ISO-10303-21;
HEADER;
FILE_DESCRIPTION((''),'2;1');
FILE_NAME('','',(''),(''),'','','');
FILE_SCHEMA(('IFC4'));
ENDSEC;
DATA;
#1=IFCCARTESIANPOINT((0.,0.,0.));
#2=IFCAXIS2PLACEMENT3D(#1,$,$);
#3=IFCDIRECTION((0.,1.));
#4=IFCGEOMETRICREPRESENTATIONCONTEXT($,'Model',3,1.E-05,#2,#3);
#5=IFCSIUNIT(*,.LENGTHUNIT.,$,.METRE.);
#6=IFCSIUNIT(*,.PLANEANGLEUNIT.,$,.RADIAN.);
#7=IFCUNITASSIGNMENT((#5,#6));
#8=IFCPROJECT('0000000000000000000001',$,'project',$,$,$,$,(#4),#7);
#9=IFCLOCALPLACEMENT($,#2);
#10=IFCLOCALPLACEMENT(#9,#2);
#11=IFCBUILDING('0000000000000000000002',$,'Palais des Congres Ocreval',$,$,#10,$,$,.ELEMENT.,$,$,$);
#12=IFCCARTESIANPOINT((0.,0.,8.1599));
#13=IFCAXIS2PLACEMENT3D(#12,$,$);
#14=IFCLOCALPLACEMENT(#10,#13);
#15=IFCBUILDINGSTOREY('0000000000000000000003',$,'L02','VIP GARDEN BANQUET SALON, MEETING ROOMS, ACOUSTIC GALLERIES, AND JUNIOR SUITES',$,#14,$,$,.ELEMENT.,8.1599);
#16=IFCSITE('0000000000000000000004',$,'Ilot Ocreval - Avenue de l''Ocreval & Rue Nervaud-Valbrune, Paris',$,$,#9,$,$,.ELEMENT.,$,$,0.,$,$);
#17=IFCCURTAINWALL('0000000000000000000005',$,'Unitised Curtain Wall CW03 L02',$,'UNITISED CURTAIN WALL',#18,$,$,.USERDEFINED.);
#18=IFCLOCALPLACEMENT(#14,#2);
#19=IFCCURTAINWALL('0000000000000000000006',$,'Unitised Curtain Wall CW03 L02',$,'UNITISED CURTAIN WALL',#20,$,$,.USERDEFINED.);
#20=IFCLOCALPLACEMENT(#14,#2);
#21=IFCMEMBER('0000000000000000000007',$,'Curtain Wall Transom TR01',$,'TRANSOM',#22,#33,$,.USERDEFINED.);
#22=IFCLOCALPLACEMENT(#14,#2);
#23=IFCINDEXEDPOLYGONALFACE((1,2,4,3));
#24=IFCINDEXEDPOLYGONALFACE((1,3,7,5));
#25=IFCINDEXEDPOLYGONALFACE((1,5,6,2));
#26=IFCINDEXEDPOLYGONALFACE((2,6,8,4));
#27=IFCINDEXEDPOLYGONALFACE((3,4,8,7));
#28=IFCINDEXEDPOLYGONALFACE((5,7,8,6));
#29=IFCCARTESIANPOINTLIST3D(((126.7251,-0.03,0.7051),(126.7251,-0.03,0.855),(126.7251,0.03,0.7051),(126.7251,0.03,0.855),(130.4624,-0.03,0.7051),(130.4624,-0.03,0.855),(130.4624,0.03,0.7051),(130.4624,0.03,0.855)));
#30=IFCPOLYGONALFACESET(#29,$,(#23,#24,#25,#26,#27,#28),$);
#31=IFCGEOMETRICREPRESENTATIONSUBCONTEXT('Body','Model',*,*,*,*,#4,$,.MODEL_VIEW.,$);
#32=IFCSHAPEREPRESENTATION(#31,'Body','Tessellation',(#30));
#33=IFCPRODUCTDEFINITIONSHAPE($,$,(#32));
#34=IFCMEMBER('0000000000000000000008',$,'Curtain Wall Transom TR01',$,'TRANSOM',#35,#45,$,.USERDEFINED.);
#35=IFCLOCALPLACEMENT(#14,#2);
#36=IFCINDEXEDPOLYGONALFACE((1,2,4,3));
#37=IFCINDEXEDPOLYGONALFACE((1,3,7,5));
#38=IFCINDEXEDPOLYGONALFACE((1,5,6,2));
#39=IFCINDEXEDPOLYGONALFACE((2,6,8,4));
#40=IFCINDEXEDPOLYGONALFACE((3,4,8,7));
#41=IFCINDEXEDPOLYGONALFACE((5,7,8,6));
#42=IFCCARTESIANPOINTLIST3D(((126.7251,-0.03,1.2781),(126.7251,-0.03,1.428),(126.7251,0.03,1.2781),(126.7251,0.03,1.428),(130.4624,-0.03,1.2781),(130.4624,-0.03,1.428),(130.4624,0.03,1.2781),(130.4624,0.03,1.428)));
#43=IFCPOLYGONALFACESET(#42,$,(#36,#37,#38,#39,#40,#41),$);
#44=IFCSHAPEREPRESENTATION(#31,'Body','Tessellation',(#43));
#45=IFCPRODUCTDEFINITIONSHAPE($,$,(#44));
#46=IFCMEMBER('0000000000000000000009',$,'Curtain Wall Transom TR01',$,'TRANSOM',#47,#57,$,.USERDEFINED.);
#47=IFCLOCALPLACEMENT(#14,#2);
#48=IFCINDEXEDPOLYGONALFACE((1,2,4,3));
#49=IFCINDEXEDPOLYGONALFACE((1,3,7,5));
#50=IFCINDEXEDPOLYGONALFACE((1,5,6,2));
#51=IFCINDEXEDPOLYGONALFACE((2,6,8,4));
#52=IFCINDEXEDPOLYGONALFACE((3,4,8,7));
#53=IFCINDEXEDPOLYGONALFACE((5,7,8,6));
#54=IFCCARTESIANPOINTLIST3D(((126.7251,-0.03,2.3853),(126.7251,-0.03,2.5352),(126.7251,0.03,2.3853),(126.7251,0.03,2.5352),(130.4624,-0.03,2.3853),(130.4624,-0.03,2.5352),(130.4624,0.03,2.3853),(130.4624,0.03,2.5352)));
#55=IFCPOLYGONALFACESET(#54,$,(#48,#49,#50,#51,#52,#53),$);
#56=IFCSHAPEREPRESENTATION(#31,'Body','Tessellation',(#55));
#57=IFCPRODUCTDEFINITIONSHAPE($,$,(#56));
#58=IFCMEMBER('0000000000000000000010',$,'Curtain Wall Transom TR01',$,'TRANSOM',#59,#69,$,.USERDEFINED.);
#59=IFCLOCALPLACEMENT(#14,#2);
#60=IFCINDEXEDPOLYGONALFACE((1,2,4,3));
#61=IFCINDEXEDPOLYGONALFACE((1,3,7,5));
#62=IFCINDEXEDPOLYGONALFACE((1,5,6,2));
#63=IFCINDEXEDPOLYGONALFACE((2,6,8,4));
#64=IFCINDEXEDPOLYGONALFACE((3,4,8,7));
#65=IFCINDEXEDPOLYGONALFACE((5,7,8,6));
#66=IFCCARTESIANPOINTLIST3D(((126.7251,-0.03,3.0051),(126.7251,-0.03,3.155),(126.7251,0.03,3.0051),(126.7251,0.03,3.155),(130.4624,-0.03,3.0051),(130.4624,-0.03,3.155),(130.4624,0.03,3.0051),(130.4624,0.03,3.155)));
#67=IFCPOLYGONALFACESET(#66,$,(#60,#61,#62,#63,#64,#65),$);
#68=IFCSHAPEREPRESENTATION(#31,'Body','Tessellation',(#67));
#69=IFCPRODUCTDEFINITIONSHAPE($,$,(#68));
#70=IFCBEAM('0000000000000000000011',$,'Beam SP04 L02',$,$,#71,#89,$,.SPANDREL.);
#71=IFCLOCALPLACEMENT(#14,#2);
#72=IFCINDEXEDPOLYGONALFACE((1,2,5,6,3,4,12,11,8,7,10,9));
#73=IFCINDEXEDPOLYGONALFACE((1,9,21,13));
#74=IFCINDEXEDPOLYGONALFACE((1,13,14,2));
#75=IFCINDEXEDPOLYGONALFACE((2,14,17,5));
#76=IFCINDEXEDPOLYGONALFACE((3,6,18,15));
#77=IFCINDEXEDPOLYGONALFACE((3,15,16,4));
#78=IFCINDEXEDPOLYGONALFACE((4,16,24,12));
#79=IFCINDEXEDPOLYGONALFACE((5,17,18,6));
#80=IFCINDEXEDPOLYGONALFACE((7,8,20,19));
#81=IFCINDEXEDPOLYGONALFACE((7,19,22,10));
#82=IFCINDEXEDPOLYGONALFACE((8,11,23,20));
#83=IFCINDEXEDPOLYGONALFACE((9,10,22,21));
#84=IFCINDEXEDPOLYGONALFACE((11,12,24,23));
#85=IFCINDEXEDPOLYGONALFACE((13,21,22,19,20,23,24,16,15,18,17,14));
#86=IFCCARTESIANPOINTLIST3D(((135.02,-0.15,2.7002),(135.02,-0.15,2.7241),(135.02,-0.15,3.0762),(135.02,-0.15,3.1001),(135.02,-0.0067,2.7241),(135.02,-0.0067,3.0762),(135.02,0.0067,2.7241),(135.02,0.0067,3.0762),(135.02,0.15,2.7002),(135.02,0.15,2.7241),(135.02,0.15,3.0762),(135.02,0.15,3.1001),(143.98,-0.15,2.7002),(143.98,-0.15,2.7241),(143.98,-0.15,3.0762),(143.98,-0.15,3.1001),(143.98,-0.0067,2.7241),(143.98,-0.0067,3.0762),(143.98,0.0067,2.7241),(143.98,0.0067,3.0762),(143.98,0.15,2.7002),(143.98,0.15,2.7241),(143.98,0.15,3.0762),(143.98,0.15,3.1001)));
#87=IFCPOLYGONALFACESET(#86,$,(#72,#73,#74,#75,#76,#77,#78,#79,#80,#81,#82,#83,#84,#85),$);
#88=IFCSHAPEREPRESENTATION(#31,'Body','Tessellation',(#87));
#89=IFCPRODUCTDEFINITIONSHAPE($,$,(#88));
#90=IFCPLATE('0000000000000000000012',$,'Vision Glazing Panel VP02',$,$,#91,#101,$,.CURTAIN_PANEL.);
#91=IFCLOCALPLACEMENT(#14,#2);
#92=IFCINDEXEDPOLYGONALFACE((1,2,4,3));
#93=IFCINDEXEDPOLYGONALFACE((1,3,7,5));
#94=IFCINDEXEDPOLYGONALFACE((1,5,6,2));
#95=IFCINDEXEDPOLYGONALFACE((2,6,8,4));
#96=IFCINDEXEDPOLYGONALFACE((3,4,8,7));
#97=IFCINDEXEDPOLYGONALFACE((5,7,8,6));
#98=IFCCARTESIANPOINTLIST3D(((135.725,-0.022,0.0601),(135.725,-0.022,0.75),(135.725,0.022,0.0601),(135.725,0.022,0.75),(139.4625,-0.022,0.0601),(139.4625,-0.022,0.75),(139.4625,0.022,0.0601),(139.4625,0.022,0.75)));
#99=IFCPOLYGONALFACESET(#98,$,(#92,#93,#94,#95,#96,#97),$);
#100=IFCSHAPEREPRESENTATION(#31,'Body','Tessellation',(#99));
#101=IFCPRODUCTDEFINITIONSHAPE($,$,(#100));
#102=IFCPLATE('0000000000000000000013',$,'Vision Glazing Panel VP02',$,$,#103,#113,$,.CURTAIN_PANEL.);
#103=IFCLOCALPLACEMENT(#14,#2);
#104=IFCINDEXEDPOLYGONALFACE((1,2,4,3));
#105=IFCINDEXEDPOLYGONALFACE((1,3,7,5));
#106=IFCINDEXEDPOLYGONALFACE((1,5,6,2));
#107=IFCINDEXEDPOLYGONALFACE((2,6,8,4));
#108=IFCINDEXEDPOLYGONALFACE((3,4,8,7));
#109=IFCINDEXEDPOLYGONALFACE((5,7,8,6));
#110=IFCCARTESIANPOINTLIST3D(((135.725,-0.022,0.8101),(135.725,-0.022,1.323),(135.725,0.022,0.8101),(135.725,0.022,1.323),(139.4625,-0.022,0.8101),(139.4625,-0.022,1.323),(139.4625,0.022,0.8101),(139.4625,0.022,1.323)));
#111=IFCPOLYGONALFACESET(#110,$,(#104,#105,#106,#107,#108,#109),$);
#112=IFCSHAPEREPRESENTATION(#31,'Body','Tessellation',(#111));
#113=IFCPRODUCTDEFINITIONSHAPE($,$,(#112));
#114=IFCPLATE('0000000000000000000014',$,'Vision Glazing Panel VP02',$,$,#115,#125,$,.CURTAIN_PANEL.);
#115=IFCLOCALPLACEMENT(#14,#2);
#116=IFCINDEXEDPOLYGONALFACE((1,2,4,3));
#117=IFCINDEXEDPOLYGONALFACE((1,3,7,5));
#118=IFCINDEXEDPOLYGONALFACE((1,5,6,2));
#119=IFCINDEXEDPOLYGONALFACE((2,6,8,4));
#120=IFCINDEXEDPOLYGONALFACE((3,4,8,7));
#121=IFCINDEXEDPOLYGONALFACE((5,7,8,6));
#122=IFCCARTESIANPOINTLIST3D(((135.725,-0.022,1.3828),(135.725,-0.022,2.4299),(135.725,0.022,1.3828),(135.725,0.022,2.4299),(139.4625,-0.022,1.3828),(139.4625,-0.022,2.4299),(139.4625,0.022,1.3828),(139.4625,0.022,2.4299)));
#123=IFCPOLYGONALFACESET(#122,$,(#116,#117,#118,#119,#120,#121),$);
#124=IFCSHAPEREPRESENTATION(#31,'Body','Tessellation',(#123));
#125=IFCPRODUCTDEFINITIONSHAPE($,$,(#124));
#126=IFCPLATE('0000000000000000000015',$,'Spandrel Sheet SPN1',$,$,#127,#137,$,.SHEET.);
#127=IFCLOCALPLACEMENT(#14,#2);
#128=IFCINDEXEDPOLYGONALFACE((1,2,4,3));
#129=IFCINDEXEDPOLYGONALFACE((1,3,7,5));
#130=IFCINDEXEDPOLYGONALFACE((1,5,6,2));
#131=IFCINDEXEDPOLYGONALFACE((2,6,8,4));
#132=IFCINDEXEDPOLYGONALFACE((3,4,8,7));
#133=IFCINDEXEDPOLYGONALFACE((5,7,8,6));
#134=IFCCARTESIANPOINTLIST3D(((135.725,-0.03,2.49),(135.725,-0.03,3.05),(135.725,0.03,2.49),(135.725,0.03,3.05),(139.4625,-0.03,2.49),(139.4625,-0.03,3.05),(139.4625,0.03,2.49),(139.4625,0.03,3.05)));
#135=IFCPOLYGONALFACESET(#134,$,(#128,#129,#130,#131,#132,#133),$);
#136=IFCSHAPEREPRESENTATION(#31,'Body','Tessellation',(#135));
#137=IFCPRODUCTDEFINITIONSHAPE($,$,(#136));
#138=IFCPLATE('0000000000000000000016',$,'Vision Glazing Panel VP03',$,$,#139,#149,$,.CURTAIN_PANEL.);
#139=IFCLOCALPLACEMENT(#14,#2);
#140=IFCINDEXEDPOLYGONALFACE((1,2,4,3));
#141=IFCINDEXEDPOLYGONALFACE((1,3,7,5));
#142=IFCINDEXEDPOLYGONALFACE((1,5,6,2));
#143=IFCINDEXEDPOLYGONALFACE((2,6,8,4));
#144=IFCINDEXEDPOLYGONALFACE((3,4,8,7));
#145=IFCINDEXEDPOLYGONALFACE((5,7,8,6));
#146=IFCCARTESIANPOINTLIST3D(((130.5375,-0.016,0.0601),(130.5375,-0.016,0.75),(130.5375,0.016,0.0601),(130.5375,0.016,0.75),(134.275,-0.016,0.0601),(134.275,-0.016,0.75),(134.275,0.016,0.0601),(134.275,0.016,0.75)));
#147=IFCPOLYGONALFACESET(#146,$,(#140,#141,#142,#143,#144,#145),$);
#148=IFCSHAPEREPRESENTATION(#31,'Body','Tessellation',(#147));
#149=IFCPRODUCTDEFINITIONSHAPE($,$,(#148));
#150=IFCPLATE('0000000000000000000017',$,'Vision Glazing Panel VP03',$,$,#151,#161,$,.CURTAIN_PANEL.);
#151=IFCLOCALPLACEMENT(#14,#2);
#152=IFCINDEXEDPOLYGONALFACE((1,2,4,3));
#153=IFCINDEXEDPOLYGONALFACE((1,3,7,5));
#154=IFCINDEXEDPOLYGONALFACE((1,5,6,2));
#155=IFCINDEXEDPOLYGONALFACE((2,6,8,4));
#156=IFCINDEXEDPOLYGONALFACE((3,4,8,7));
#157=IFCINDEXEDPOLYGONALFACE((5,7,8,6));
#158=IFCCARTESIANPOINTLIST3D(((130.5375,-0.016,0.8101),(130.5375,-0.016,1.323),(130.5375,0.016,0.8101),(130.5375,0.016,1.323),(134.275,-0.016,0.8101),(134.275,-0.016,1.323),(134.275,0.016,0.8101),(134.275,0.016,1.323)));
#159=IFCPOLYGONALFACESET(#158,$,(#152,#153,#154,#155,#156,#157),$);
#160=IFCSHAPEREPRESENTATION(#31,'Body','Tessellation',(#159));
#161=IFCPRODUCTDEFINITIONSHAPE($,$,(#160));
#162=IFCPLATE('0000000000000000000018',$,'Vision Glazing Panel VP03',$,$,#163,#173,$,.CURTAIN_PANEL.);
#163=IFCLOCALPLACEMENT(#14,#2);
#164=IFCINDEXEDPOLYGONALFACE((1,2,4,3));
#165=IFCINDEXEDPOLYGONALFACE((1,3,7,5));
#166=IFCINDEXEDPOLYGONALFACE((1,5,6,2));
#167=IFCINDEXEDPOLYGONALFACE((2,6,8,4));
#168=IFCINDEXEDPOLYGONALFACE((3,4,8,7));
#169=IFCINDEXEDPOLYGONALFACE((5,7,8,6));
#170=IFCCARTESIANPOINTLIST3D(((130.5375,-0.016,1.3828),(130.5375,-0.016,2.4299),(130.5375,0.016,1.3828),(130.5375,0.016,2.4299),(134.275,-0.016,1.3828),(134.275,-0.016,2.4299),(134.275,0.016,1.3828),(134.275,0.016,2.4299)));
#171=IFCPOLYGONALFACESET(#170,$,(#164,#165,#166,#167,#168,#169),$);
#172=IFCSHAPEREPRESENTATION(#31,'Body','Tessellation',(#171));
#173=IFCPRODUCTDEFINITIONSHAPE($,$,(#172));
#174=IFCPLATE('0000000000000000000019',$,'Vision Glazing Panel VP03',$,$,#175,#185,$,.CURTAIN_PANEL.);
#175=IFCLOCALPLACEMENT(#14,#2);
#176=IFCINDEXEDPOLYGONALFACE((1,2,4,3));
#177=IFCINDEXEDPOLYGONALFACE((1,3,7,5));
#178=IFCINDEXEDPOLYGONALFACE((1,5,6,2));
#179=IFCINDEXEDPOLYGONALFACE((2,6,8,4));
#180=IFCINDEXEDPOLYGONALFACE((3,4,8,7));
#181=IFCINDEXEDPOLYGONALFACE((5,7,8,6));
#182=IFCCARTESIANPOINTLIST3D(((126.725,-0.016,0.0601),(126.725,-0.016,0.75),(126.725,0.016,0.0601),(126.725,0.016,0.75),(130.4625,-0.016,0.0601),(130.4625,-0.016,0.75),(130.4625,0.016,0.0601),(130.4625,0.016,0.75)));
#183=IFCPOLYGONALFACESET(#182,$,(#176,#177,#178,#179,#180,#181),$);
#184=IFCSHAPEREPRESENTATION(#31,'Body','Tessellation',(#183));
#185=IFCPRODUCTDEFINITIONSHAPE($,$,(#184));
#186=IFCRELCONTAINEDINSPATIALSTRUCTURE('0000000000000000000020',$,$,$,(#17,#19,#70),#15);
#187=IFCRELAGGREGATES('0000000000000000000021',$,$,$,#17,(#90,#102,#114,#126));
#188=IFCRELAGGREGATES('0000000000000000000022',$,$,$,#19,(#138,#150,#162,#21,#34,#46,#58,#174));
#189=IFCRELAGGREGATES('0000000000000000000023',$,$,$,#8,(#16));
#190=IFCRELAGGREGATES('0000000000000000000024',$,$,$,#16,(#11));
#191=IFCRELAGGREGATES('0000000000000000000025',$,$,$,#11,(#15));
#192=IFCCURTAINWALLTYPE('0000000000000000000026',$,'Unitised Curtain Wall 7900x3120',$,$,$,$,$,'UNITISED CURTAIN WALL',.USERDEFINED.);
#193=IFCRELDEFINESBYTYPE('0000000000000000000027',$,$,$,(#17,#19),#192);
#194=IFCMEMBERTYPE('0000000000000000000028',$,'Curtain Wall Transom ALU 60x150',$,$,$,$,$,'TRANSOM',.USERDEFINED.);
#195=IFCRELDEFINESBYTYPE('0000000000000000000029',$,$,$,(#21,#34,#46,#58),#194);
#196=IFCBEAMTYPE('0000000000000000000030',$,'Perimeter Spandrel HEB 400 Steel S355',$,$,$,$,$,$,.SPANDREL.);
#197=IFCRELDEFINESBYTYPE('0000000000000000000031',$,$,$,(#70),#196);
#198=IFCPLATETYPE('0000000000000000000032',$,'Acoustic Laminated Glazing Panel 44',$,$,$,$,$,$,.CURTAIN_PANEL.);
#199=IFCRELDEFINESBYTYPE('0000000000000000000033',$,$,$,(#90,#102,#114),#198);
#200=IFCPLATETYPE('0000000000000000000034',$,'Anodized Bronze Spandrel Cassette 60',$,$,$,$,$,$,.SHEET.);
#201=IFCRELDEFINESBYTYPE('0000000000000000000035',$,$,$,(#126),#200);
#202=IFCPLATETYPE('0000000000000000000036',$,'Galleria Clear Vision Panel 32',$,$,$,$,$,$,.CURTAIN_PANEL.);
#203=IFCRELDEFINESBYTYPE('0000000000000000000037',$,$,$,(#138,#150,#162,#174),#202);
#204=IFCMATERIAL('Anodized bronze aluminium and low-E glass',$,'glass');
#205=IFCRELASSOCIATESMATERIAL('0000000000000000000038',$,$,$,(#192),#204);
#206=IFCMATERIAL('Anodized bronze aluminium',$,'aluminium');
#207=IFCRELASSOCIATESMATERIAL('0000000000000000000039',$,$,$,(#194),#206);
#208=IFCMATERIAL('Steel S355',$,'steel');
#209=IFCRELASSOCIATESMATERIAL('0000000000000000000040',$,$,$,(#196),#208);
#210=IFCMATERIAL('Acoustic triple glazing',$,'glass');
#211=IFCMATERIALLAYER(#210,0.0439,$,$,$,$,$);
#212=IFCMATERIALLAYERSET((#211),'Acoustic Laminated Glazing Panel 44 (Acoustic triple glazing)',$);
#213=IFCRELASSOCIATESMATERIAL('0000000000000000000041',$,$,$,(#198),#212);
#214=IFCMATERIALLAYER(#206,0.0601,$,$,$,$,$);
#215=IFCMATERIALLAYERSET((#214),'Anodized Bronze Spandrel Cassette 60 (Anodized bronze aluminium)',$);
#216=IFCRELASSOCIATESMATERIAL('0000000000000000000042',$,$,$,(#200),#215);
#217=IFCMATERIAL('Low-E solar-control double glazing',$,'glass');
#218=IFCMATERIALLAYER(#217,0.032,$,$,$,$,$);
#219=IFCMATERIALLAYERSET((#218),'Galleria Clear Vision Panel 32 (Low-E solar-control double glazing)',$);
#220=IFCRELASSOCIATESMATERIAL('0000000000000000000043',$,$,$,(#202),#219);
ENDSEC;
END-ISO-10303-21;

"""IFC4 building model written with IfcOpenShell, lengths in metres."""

from ifc_helpers import new_model, si_unit, direction, frame, origin, origin_2d, place, context, subcontext, project, spatial, rectangle, i_section, extrude, material, layer, layer_set, material_profile, profile_set, type_object, element, aggregate, save


model = new_model("IFC4")

# Units and contexts
model_context = context("Model", 3, precision=1e-05, world=origin(), true_north=direction((0.0, 1.0)))
body_context = subcontext(model_context, "Body", "Model", "MODEL_VIEW")
ifc_project = project(units=[si_unit("LENGTHUNIT", "METRE"), si_unit("PLANEANGLEUNIT", "RADIAN")], contexts=[model_context])

# Site, building, storey
site_placement = place(None, origin())
site = spatial("IfcSite", under=ifc_project, at=site_placement, Name="Ilot Ocreval - Avenue de l'Ocreval & Rue Nervaud-Valbrune, Paris", CompositionType="ELEMENT", RefElevation=0.0)
building_placement = place(site_placement, origin())
building = spatial("IfcBuilding", under=site, at=building_placement, Name="Palais des Congres Ocreval", CompositionType="ELEMENT")
storey_placement = place(building_placement, frame((0.0, 0.0, 8.1599)))
storey = spatial("IfcBuildingStorey", under=building, at=storey_placement, Name="L02", Description="VIP GARDEN BANQUET SALON, MEETING ROOMS, ACOUSTIC GALLERIES, AND JUNIOR SUITES", CompositionType="ELEMENT", Elevation=8.1599)

# Shared definitions
ifc_material_1 = material(Name="Steel S355", Category="steel")

# Curtain wall
ifc_material_2 = material(Name="Anodized bronze aluminium and low-E glass", Category="glass")
curtain_wall_type = type_object("IfcCurtainWallType", Name="Unitised Curtain Wall 7900x3120", ElementType="UNITISED CURTAIN WALL", PredefinedType="USERDEFINED", material=ifc_material_2)
curtain_wall_1_placement = place(storey_placement, origin())
curtain_wall_1 = element("IfcCurtainWall", 1, at=curtain_wall_1_placement, inside=storey, type_object=curtain_wall_type, Name="Unitised Curtain Wall CW03 L02", ObjectType="UNITISED CURTAIN WALL", PredefinedType="USERDEFINED")
ifc_material_3 = material(Name="Anodized bronze aluminium", Category="aluminium")

# Curtain wall
curtain_wall_2_placement = place(storey_placement, origin())
curtain_wall_2 = element("IfcCurtainWall", 2, at=curtain_wall_2_placement, inside=storey, type_object=curtain_wall_type, Name="Unitised Curtain Wall CW03 L02", ObjectType="UNITISED CURTAIN WALL", PredefinedType="USERDEFINED")

# Members
ifc_material_profile_1 = material_profile(ifc_material_3, rectangle(XDim=0.0601, YDim=0.1499, at=origin_2d()), Name="ALU 60x150")
ifc_profile_set_1 = profile_set([ifc_material_profile_1], Name="Anodized bronze aluminium")
member_type_1 = type_object("IfcMemberType", Name="Curtain Wall Transom ALU 60x150", ElementType="TRANSOM", PredefinedType="USERDEFINED", material=ifc_profile_set_1)
member_1_placement = place(storey_placement, frame((130.4624, 0.0, 0.78), z_axis=(-1.0, 0.0, 0.0), x_axis=(0.0, -1.0, 0.0)))
member_1 = element("IfcMember", 3, at=member_1_placement, type_object=member_type_1, Name="Curtain Wall Transom TR01", ObjectType="TRANSOM", PredefinedType="USERDEFINED", context=body_context, shape_type="SweptSolid", body=[
    extrude(rectangle(XDim=0.0601, YDim=0.1499, at=origin_2d()), origin(), (0.0, 0.0, 1.0), 3.7373),
])
member_2_placement = place(storey_placement, frame((130.4624, 0.0, 1.353), z_axis=(-1.0, 0.0, 0.0), x_axis=(0.0, -1.0, 0.0)))
member_2 = element("IfcMember", 4, at=member_2_placement, type_object=member_type_1, Name="Curtain Wall Transom TR01", ObjectType="TRANSOM", PredefinedType="USERDEFINED", context=body_context, shape_type="SweptSolid", body=[
    extrude(rectangle(XDim=0.0601, YDim=0.1499, at=origin_2d()), origin(), (0.0, 0.0, 1.0), 3.7373),
])
member_3_placement = place(storey_placement, frame((130.4624, 0.0, 2.4602), z_axis=(-1.0, 0.0, 0.0), x_axis=(0.0, -1.0, 0.0)))
member_3 = element("IfcMember", 5, at=member_3_placement, type_object=member_type_1, Name="Curtain Wall Transom TR01", ObjectType="TRANSOM", PredefinedType="USERDEFINED", context=body_context, shape_type="SweptSolid", body=[
    extrude(rectangle(XDim=0.0601, YDim=0.1499, at=origin_2d()), origin(), (0.0, 0.0, 1.0), 3.7373),
])
member_4_placement = place(storey_placement, frame((130.4624, 0.0, 3.0801), z_axis=(-1.0, 0.0, 0.0), x_axis=(0.0, -1.0, 0.0)))
member_4 = element("IfcMember", 6, at=member_4_placement, type_object=member_type_1, Name="Curtain Wall Transom TR01", ObjectType="TRANSOM", PredefinedType="USERDEFINED", context=body_context, shape_type="SweptSolid", body=[
    extrude(rectangle(XDim=0.0601, YDim=0.1499, at=origin_2d()), origin(), (0.0, 0.0, 1.0), 3.7373),
])

# Beam
ifc_material_profile_2 = material_profile(ifc_material_1, i_section(OverallWidth=0.3, OverallDepth=0.3999, WebThickness=0.0134, FlangeThickness=0.0239, at=origin_2d()), Name="HEB 400")
ifc_profile_set_2 = profile_set([ifc_material_profile_2], Name="Steel S355")
beam_type = type_object("IfcBeamType", Name="Perimeter Spandrel HEB 400 Steel S355", PredefinedType="SPANDREL", material=ifc_profile_set_2)
beam_placement = place(storey_placement, frame((135.02, 0.0, 2.9001), z_axis=(1.0, 0.0, 0.0), x_axis=(0.0, 1.0, 0.0)))
element("IfcBeam", 7, at=beam_placement, inside=storey, type_object=beam_type, Name="Beam SP04 L02", PredefinedType="SPANDREL", context=body_context, shape_type="SweptSolid", body=[
    extrude(i_section(OverallWidth=0.3, OverallDepth=0.3999, WebThickness=0.0134, FlangeThickness=0.0239, at=origin_2d()), origin(), (0.0, 0.0, 1.0), 8.96),
])

# Plates
ifc_material_4 = material(Name="Acoustic triple glazing", Category="glass")
ifc_layer_1 = layer(ifc_material_4, 0.0439)
ifc_layer_set_1 = layer_set([ifc_layer_1], Name="Acoustic Laminated Glazing Panel 44 (Acoustic triple glazing)")
plate_type_1 = type_object("IfcPlateType", Name="Acoustic Laminated Glazing Panel 44", PredefinedType="CURTAIN_PANEL", material=ifc_layer_set_1)
plate_1_placement = place(storey_placement, frame((137.5938, 0.0, 0.0601), z_axis=(0.0, 0.0, 1.0), x_axis=(-1.0, 0.0, 0.0)))
plate_1 = element("IfcPlate", 8, at=plate_1_placement, type_object=plate_type_1, Name="Vision Glazing Panel VP02", PredefinedType="CURTAIN_PANEL", context=body_context, shape_type="SweptSolid", body=[
    extrude(rectangle(XDim=3.7375, YDim=0.0439, at=origin_2d()), origin(), (0.0, 0.0, 1.0), 0.6899),
])
plate_2_placement = place(storey_placement, frame((137.5938, 0.0, 0.8101), z_axis=(0.0, 0.0, 1.0), x_axis=(-1.0, 0.0, 0.0)))
plate_2 = element("IfcPlate", 9, at=plate_2_placement, type_object=plate_type_1, Name="Vision Glazing Panel VP02", PredefinedType="CURTAIN_PANEL", context=body_context, shape_type="SweptSolid", body=[
    extrude(rectangle(XDim=3.7375, YDim=0.0439, at=origin_2d()), origin(), (0.0, 0.0, 1.0), 0.5129),
])
plate_3_placement = place(storey_placement, frame((137.5938, 0.0, 1.3828), z_axis=(0.0, 0.0, 1.0), x_axis=(-1.0, 0.0, 0.0)))
plate_3 = element("IfcPlate", 10, at=plate_3_placement, type_object=plate_type_1, Name="Vision Glazing Panel VP02", PredefinedType="CURTAIN_PANEL", context=body_context, shape_type="SweptSolid", body=[
    extrude(rectangle(XDim=3.7375, YDim=0.0439, at=origin_2d()), origin(), (0.0, 0.0, 1.0), 1.0471),
])
ifc_layer_2 = layer(ifc_material_3, 0.0601)
ifc_layer_set_2 = layer_set([ifc_layer_2], Name="Anodized Bronze Spandrel Cassette 60 (Anodized bronze aluminium)")
plate_type_2 = type_object("IfcPlateType", Name="Anodized Bronze Spandrel Cassette 60", PredefinedType="SHEET", material=ifc_layer_set_2)
plate_4_placement = place(storey_placement, frame((137.5938, 0.0, 2.49), z_axis=(0.0, 0.0, 1.0), x_axis=(-1.0, 0.0, 0.0)))
plate_4 = element("IfcPlate", 11, at=plate_4_placement, type_object=plate_type_2, Name="Spandrel Sheet SPN1", PredefinedType="SHEET", context=body_context, shape_type="SweptSolid", body=[
    extrude(rectangle(XDim=3.7375, YDim=0.0601, at=origin_2d()), origin(), (0.0, 0.0, 1.0), 0.5601),
])
aggregate(curtain_wall_1, [plate_1, plate_2, plate_3, plate_4])
ifc_material_5 = material(Name="Low-E solar-control double glazing", Category="glass")
ifc_layer_3 = layer(ifc_material_5, 0.032)
ifc_layer_set_3 = layer_set([ifc_layer_3], Name="Galleria Clear Vision Panel 32 (Low-E solar-control double glazing)")
plate_type_3 = type_object("IfcPlateType", Name="Galleria Clear Vision Panel 32", PredefinedType="CURTAIN_PANEL", material=ifc_layer_set_3)
plate_5_placement = place(storey_placement, frame((132.4062, 0.0, 0.0601), z_axis=(0.0, 0.0, 1.0), x_axis=(-1.0, 0.0, 0.0)))
plate_5 = element("IfcPlate", 12, at=plate_5_placement, type_object=plate_type_3, Name="Vision Glazing Panel VP03", PredefinedType="CURTAIN_PANEL", context=body_context, shape_type="SweptSolid", body=[
    extrude(rectangle(XDim=3.7375, YDim=0.032, at=origin_2d()), origin(), (0.0, 0.0, 1.0), 0.6899),
])
plate_6_placement = place(storey_placement, frame((132.4062, 0.0, 0.8101), z_axis=(0.0, 0.0, 1.0), x_axis=(-1.0, 0.0, 0.0)))
plate_6 = element("IfcPlate", 13, at=plate_6_placement, type_object=plate_type_3, Name="Vision Glazing Panel VP03", PredefinedType="CURTAIN_PANEL", context=body_context, shape_type="SweptSolid", body=[
    extrude(rectangle(XDim=3.7375, YDim=0.032, at=origin_2d()), origin(), (0.0, 0.0, 1.0), 0.5129),
])
plate_7_placement = place(storey_placement, frame((132.4062, 0.0, 1.3828), z_axis=(0.0, 0.0, 1.0), x_axis=(-1.0, 0.0, 0.0)))
plate_7 = element("IfcPlate", 14, at=plate_7_placement, type_object=plate_type_3, Name="Vision Glazing Panel VP03", PredefinedType="CURTAIN_PANEL", context=body_context, shape_type="SweptSolid", body=[
    extrude(rectangle(XDim=3.7375, YDim=0.032, at=origin_2d()), origin(), (0.0, 0.0, 1.0), 1.0471),
])
plate_8_placement = place(storey_placement, frame((128.5938, 0.0, 0.0601), z_axis=(0.0, 0.0, 1.0), x_axis=(-1.0, 0.0, 0.0)))
plate_8 = element("IfcPlate", 15, at=plate_8_placement, type_object=plate_type_3, Name="Vision Glazing Panel VP03", PredefinedType="CURTAIN_PANEL", context=body_context, shape_type="SweptSolid", body=[
    extrude(rectangle(XDim=3.7375, YDim=0.032, at=origin_2d()), origin(), (0.0, 0.0, 1.0), 0.6899),
])
aggregate(curtain_wall_2, [plate_5, plate_6, plate_7, member_1, member_2, member_3, member_4, plate_8])

save(model, "model.ifc")
